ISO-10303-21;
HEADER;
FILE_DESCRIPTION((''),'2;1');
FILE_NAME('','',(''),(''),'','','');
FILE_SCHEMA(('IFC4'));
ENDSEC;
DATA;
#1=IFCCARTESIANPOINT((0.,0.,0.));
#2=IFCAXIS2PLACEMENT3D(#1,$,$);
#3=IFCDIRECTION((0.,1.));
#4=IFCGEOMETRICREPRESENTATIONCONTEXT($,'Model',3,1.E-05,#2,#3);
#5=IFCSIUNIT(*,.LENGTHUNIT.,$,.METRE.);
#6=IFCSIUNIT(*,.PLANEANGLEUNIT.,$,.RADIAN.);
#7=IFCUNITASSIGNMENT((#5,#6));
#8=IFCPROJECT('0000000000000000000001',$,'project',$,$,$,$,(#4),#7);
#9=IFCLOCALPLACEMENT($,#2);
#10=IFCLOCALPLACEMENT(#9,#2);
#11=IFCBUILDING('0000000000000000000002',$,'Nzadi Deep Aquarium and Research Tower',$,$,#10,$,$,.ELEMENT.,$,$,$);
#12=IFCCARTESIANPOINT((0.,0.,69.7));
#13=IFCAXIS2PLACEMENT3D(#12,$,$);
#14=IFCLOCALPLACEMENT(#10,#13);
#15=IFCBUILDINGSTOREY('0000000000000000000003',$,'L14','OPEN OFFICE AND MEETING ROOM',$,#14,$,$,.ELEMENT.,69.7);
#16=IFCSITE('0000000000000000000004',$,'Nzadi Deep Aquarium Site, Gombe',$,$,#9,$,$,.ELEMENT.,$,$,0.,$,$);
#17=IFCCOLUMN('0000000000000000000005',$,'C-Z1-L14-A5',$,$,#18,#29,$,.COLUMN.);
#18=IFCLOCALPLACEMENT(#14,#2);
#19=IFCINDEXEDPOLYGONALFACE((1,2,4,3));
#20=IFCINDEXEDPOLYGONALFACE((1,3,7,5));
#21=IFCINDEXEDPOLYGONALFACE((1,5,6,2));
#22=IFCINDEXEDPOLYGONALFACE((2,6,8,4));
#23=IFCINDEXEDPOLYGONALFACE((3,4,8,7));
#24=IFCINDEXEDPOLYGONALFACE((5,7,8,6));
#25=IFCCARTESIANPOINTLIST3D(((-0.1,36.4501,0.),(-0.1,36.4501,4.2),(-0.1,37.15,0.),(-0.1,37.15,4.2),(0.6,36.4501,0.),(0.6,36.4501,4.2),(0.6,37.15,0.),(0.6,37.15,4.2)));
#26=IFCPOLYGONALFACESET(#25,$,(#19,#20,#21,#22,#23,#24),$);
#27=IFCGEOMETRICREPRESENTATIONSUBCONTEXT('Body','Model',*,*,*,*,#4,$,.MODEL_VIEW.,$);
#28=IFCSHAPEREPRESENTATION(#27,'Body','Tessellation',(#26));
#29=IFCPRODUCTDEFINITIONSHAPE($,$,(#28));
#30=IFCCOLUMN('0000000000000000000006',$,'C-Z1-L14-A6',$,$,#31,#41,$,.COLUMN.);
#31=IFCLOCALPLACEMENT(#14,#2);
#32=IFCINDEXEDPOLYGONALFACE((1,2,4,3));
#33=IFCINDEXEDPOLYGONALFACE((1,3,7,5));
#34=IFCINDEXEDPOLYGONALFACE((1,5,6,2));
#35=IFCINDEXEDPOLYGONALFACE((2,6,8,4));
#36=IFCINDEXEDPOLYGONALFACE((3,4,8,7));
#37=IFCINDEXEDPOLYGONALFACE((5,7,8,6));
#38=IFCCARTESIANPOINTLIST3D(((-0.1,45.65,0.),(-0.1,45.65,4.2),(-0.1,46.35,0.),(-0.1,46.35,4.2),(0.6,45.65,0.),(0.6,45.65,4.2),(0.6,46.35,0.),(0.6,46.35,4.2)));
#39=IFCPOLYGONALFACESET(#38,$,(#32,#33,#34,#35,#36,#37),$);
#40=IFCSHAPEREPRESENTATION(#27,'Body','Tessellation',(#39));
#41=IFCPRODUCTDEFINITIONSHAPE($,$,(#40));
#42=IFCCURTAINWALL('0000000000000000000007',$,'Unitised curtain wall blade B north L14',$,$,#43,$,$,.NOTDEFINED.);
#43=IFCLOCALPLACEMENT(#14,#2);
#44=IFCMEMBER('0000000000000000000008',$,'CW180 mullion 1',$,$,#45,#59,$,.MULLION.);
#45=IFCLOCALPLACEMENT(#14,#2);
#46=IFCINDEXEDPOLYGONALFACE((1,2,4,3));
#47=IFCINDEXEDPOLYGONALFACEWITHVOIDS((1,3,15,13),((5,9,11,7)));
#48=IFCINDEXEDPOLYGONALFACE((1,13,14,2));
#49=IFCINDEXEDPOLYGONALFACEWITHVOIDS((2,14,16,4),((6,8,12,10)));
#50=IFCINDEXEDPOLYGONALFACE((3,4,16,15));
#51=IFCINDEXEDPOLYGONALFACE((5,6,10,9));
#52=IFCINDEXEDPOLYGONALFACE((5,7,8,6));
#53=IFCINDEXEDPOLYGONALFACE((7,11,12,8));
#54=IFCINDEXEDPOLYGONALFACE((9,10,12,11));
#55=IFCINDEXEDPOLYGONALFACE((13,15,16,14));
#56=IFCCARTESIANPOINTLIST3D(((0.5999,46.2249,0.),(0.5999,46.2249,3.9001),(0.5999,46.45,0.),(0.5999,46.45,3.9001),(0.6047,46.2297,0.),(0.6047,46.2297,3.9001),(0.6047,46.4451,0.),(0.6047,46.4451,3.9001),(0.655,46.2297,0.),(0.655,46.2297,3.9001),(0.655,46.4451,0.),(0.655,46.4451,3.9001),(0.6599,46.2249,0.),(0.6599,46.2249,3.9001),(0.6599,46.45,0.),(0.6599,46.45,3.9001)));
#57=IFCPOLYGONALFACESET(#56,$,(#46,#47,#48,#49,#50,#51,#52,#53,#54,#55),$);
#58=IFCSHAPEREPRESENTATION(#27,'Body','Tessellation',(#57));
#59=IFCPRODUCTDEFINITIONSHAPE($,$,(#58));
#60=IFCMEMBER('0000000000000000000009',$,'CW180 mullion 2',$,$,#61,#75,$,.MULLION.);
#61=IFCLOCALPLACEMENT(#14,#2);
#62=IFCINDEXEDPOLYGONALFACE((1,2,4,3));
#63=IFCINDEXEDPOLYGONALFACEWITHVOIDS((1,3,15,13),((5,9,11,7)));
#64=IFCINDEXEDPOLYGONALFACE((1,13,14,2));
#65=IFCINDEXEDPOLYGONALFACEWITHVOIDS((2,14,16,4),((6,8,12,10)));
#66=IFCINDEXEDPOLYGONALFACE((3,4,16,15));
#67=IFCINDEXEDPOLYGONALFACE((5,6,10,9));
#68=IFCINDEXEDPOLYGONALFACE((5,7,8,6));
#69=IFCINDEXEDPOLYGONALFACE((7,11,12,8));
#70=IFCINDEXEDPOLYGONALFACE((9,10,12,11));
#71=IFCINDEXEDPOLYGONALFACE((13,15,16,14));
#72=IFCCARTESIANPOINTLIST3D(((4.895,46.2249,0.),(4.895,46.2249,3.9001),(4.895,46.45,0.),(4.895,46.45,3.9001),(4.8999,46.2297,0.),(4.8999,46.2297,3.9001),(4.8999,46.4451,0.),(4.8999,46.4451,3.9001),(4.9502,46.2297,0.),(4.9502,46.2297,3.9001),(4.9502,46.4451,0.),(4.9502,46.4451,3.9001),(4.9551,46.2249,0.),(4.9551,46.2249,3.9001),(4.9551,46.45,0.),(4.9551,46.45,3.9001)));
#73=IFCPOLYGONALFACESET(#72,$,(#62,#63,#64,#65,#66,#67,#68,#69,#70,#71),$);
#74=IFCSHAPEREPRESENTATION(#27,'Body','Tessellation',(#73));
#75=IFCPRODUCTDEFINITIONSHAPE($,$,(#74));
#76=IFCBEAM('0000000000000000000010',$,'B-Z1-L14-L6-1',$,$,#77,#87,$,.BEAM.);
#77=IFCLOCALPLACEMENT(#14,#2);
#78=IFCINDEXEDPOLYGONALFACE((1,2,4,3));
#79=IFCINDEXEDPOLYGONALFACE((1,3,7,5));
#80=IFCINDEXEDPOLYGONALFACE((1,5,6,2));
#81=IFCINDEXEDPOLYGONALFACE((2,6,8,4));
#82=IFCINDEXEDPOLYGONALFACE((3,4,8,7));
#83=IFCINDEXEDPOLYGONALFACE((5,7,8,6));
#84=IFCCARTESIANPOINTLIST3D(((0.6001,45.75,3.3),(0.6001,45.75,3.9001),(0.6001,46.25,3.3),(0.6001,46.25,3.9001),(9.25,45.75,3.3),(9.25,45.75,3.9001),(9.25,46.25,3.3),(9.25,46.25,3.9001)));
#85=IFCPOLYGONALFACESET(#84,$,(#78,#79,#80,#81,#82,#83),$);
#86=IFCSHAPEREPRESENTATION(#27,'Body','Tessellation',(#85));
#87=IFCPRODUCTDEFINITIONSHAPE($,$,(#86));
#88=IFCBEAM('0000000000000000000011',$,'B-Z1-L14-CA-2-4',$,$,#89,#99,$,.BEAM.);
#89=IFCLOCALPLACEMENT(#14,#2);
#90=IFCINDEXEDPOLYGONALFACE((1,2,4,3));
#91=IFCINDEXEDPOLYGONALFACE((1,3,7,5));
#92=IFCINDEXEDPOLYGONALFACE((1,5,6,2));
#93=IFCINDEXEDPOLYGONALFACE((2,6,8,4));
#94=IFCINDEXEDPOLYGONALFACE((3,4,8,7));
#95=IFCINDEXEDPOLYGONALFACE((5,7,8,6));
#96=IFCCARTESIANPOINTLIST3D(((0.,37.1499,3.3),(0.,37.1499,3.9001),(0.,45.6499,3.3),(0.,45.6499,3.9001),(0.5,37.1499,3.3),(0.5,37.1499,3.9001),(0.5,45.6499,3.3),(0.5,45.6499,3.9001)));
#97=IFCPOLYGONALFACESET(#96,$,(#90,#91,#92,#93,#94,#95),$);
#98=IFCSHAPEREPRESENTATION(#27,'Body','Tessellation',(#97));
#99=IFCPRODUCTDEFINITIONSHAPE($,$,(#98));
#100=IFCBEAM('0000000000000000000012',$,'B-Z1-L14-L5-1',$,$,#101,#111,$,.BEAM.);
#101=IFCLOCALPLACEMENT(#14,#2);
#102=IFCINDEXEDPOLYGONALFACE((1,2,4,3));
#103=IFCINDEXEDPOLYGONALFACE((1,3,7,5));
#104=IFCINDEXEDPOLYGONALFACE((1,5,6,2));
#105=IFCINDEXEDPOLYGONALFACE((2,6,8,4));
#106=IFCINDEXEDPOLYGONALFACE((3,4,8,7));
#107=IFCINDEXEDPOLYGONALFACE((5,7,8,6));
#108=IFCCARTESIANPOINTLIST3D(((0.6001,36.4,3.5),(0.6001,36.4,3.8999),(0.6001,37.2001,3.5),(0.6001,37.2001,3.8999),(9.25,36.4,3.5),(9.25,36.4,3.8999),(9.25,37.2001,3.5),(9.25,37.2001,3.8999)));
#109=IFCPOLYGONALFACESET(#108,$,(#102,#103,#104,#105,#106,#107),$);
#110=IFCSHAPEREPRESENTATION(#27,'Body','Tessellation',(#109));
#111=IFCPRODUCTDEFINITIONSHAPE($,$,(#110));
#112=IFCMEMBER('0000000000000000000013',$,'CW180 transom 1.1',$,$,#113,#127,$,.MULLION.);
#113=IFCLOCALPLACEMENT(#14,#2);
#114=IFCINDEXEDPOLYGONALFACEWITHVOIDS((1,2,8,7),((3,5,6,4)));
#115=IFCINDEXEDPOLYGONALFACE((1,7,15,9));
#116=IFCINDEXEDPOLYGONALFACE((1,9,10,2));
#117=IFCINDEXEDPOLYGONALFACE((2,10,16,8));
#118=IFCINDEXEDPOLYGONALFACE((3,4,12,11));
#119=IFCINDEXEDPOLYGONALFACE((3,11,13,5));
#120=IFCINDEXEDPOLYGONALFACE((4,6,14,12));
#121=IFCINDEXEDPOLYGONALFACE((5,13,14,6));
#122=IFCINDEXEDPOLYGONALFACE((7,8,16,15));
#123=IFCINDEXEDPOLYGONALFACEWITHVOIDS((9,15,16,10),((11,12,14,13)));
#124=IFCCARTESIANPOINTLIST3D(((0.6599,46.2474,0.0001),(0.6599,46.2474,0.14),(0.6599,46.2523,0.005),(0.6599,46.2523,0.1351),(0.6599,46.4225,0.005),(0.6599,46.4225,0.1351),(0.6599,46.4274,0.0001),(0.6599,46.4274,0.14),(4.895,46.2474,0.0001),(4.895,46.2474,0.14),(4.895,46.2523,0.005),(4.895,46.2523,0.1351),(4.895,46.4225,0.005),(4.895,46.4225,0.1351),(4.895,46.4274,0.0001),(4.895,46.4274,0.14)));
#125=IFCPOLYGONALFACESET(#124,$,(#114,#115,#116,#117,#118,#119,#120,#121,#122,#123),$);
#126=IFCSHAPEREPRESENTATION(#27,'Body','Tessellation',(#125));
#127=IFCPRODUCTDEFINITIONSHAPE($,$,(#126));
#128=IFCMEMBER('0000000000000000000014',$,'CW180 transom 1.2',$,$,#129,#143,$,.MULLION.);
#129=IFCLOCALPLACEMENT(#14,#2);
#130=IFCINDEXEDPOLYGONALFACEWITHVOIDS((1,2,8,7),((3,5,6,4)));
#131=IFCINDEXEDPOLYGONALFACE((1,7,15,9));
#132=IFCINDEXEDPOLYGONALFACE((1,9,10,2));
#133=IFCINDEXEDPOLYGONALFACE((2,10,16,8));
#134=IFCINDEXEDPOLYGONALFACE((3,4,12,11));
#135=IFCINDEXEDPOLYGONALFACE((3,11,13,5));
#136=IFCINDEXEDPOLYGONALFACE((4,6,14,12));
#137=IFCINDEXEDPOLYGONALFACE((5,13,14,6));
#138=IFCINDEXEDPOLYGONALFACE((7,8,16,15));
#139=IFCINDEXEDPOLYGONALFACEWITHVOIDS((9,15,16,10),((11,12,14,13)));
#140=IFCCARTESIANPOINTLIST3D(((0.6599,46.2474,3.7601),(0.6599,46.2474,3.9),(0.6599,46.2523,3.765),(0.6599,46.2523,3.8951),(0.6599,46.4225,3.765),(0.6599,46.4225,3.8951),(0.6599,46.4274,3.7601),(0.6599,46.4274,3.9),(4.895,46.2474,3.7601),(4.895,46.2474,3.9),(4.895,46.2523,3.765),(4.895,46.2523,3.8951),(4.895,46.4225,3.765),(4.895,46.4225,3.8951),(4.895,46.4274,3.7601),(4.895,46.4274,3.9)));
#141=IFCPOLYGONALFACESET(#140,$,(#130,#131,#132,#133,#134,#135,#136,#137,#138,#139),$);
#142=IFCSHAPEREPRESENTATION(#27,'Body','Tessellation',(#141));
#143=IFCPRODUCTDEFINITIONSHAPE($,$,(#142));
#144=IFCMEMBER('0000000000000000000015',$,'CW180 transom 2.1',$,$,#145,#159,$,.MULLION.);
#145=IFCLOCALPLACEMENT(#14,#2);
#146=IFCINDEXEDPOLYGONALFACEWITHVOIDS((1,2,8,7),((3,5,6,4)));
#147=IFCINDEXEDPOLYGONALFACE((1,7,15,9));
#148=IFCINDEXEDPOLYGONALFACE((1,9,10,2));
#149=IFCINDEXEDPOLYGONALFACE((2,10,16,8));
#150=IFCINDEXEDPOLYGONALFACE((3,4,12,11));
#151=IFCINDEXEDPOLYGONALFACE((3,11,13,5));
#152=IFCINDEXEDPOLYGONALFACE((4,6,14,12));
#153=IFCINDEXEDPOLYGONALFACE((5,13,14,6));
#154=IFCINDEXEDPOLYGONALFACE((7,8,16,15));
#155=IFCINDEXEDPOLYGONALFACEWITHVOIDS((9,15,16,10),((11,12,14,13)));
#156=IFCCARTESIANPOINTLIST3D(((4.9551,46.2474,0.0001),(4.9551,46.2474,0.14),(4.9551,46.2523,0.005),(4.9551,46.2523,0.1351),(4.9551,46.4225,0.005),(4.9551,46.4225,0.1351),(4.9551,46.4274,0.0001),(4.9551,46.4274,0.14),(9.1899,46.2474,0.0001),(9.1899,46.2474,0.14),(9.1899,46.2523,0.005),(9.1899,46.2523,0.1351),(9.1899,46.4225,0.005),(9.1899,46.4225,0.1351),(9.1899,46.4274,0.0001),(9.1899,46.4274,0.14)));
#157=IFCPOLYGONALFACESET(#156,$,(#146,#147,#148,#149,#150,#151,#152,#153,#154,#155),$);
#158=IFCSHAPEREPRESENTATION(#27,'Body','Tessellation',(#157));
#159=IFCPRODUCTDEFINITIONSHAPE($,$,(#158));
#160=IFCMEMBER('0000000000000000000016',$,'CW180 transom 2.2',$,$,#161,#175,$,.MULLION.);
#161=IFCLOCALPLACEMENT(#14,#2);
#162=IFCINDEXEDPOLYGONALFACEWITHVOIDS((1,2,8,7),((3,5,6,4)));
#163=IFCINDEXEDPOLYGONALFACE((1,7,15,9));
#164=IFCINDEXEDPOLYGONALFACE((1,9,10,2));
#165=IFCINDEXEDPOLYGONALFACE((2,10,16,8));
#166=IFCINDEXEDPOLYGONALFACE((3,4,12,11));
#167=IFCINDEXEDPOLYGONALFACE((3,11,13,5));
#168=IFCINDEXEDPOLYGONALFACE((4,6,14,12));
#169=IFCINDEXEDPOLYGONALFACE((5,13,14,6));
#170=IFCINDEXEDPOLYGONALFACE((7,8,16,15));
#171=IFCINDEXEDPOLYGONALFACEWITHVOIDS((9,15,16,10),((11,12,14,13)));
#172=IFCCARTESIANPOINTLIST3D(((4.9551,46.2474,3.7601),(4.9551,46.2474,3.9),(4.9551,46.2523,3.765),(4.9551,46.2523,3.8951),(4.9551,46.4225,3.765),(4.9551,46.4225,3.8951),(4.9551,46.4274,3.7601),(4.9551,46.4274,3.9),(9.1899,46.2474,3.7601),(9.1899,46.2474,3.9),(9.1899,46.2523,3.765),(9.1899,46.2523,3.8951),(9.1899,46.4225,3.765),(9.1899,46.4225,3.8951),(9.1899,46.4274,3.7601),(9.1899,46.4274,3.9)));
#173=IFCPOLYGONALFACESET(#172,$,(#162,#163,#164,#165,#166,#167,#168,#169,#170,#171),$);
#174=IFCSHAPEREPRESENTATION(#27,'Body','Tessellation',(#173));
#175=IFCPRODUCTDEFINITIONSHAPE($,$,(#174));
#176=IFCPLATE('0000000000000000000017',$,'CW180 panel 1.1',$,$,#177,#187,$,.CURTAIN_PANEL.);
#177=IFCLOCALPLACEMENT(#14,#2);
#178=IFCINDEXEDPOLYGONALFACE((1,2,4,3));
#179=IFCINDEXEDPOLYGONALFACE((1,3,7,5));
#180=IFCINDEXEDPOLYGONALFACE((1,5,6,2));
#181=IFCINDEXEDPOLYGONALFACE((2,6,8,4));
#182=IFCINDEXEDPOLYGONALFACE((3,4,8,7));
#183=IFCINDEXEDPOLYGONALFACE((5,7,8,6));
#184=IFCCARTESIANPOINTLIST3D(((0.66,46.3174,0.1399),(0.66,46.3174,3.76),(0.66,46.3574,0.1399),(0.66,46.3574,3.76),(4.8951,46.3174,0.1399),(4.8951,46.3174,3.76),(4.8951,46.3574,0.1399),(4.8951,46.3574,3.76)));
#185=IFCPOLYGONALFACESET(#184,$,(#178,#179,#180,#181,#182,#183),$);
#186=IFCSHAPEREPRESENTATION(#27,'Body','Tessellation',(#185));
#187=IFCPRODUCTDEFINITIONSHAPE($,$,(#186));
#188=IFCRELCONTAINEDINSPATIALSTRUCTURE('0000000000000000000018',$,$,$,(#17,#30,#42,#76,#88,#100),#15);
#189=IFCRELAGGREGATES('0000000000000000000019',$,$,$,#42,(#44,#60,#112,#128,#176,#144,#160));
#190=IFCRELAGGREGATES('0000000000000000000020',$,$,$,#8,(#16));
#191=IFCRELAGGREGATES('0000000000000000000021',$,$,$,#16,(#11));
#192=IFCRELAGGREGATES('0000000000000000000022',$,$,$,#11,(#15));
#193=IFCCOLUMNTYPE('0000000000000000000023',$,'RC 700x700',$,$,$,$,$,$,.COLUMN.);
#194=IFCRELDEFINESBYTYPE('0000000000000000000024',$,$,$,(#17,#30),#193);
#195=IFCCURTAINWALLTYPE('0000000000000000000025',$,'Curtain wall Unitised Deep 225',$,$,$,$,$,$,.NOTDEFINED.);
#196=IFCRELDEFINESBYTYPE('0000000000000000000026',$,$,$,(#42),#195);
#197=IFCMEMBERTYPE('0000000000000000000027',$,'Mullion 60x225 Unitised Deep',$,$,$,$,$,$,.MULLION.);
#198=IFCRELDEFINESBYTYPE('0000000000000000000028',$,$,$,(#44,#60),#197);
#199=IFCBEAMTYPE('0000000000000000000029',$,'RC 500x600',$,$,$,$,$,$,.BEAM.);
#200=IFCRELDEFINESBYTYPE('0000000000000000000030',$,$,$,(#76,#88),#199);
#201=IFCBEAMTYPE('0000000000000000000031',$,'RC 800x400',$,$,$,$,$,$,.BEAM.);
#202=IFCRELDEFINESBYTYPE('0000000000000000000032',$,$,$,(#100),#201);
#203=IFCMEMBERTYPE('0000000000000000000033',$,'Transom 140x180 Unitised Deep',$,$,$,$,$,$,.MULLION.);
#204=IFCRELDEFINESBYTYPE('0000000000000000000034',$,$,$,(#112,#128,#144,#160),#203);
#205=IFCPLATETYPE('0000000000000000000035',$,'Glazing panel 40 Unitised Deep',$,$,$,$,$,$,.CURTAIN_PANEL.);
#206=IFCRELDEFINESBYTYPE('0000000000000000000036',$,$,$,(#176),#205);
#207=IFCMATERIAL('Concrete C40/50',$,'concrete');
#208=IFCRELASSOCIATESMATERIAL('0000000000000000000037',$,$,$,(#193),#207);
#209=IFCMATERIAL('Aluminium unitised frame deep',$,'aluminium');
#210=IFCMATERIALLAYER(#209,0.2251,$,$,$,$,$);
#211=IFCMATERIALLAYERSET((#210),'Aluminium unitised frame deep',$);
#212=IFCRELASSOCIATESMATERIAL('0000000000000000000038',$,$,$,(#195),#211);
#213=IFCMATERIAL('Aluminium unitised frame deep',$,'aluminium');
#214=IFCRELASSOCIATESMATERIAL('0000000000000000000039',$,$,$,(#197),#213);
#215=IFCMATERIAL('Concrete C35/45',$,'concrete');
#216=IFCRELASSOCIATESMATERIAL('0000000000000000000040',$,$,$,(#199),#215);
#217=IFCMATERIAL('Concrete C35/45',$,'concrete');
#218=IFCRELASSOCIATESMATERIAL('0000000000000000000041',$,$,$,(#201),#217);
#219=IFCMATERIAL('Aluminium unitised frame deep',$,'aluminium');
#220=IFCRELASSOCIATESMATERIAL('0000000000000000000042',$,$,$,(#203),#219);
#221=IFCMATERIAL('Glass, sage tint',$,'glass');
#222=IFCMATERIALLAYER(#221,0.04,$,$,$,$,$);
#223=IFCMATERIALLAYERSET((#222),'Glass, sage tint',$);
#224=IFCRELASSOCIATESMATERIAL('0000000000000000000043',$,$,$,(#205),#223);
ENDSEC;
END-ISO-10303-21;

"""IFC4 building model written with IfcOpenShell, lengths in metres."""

from ifc_helpers import new_model, si_unit, direction, frame, origin, origin_2d, place, context, subcontext, project, spatial, rectangle, hollow_rectangle, extrude, material, layer, layer_set, material_profile, profile_set, type_object, element, aggregate, save


model = new_model("IFC4")

# Units and contexts
model_context = context("Model", 3, precision=1e-05, world=origin(), true_north=direction((0.0, 1.0)))
body_context = subcontext(model_context, "Body", "Model", "MODEL_VIEW")
ifc_project = project(units=[si_unit("LENGTHUNIT", "METRE"), si_unit("PLANEANGLEUNIT", "RADIAN")], contexts=[model_context])

# Site, building, storey
site_placement = place(None, origin())
site = spatial("IfcSite", under=ifc_project, at=site_placement, Name="Nzadi Deep Aquarium Site, Gombe", CompositionType="ELEMENT", RefElevation=0.0)
building_placement = place(site_placement, origin())
building = spatial("IfcBuilding", under=site, at=building_placement, Name="Nzadi Deep Aquarium and Research Tower", CompositionType="ELEMENT")
storey_placement = place(building_placement, frame((0.0, 0.0, 69.7)))
storey = spatial("IfcBuildingStorey", under=building, at=storey_placement, Name="L14", Description="OPEN OFFICE AND MEETING ROOM", CompositionType="ELEMENT", Elevation=69.7)

# Columns
ifc_material_1 = material(Name="Concrete C40/50", Category="concrete")
ifc_material_profile_1 = material_profile(ifc_material_1, rectangle(XDim=0.7, YDim=0.7, at=origin_2d()))
ifc_profile_set_1 = profile_set([ifc_material_profile_1], Name="Concrete C40/50")
column_type = type_object("IfcColumnType", Name="RC 700x700", PredefinedType="COLUMN", material=ifc_profile_set_1)
for number, where, z_axis, x_axis, name in (
    (1, (0.25, 36.8, 0.0), (0.0, 0.0, 1.0), (1.0, 0.0, 0.0), "C-Z1-L14-A5"),
    (2, (0.25, 46.0, 0.0), (0.0, 0.0, 1.0), (1.0, 0.0, 0.0), "C-Z1-L14-A6"),
):
    element("IfcColumn", number, at=place(storey_placement, frame(where, z_axis=z_axis, x_axis=x_axis)), inside=storey, type_object=column_type, Name=name, PredefinedType="COLUMN", context=body_context, shape_type="SweptSolid", body=[
        extrude(rectangle(XDim=0.7, YDim=0.7, at=origin_2d()), origin(), (0.0, 0.0, 1.0), 4.2),
    ])

# Curtain wall, members
ifc_material_2 = material(Name="Aluminium unitised frame deep", Category="aluminium")
ifc_layer_1 = layer(ifc_material_2, 0.2251)
ifc_layer_set_1 = layer_set([ifc_layer_1], Name="Aluminium unitised frame deep")
curtain_wall_type = type_object("IfcCurtainWallType", Name="Curtain wall Unitised Deep 225", PredefinedType="NOTDEFINED", material=ifc_layer_set_1)
curtain_wall_placement = place(storey_placement, origin())
curtain_wall = element("IfcCurtainWall", 3, at=curtain_wall_placement, inside=storey, type_object=curtain_wall_type, Name="Unitised curtain wall blade B north L14", PredefinedType="NOTDEFINED")
ifc_material_3 = material(Name="Aluminium unitised frame deep", Category="aluminium")
ifc_material_profile_2 = material_profile(ifc_material_3, hollow_rectangle(XDim=0.2251, YDim=0.0601, WallThickness=0.0049, at=origin_2d()))
ifc_profile_set_2 = profile_set([ifc_material_profile_2], Name="Aluminium unitised frame deep")
member_type_1 = type_object("IfcMemberType", Name="Mullion 60x225 Unitised Deep", PredefinedType="MULLION", material=ifc_profile_set_2)
member_1_placement = place(storey_placement, frame((0.6299, 46.3374, 0.0), z_axis=(0.0, 0.0, 1.0), x_axis=(0.0, 1.0, 0.0)))
member_1 = element("IfcMember", 4, at=member_1_placement, type_object=member_type_1, Name="CW180 mullion 1", PredefinedType="MULLION", context=body_context, shape_type="SweptSolid", body=[
    extrude(hollow_rectangle(XDim=0.2251, YDim=0.0601, WallThickness=0.0049, at=origin_2d()), origin(), (0.0, 0.0, 1.0), 3.9001),
])
member_2_placement = place(storey_placement, frame((4.925, 46.3374, 0.0), z_axis=(0.0, 0.0, 1.0), x_axis=(0.0, 1.0, 0.0)))
member_2 = element("IfcMember", 5, at=member_2_placement, type_object=member_type_1, Name="CW180 mullion 2", PredefinedType="MULLION", context=body_context, shape_type="SweptSolid", body=[
    extrude(hollow_rectangle(XDim=0.2251, YDim=0.0601, WallThickness=0.0049, at=origin_2d()), origin(), (0.0, 0.0, 1.0), 3.9001),
])

# Beams
ifc_material_4 = material(Name="Concrete C35/45", Category="concrete")
ifc_material_profile_3 = material_profile(ifc_material_4, rectangle(XDim=0.5, YDim=0.6001, at=origin_2d()))
ifc_profile_set_3 = profile_set([ifc_material_profile_3], Name="Concrete C35/45")
beam_type_1 = type_object("IfcBeamType", Name="RC 500x600", PredefinedType="BEAM", material=ifc_profile_set_3)
beam_1_placement = place(storey_placement, frame((0.6001, 46.0, 3.6001), z_axis=(1.0, 0.0, 0.0), x_axis=(0.0, 1.0, 0.0)))
element("IfcBeam", 6, at=beam_1_placement, inside=storey, type_object=beam_type_1, Name="B-Z1-L14-L6-1", PredefinedType="BEAM", context=body_context, shape_type="SweptSolid", body=[
    extrude(rectangle(XDim=0.5, YDim=0.6001, at=origin_2d()), origin(), (0.0, 0.0, 1.0), 8.6499),
])
beam_2_placement = place(storey_placement, frame((0.25, 37.1499, 3.6001), z_axis=(0.0, 1.0, 0.0), x_axis=(-1.0, 0.0, 0.0)))
element("IfcBeam", 7, at=beam_2_placement, inside=storey, type_object=beam_type_1, Name="B-Z1-L14-CA-2-4", PredefinedType="BEAM", context=body_context, shape_type="SweptSolid", body=[
    extrude(rectangle(XDim=0.5, YDim=0.6001, at=origin_2d()), origin(), (0.0, 0.0, 1.0), 8.5),
])
ifc_material_5 = material(Name="Concrete C35/45", Category="concrete")
ifc_material_profile_4 = material_profile(ifc_material_5, rectangle(XDim=0.8, YDim=0.3999, at=origin_2d()))
ifc_profile_set_4 = profile_set([ifc_material_profile_4], Name="Concrete C35/45")
beam_type_2 = type_object("IfcBeamType", Name="RC 800x400", PredefinedType="BEAM", material=ifc_profile_set_4)
beam_3_placement = place(storey_placement, frame((0.6001, 36.8, 3.7), z_axis=(1.0, 0.0, 0.0), x_axis=(0.0, 1.0, 0.0)))
element("IfcBeam", 8, at=beam_3_placement, inside=storey, type_object=beam_type_2, Name="B-Z1-L14-L5-1", PredefinedType="BEAM", context=body_context, shape_type="SweptSolid", body=[
    extrude(rectangle(XDim=0.8, YDim=0.3999, at=origin_2d()), origin(), (0.0, 0.0, 1.0), 8.6499),
])

# Members
ifc_material_6 = material(Name="Aluminium unitised frame deep", Category="aluminium")
ifc_material_profile_5 = material_profile(ifc_material_6, hollow_rectangle(XDim=0.1799, YDim=0.1399, WallThickness=0.0049, at=origin_2d()))
ifc_profile_set_5 = profile_set([ifc_material_profile_5], Name="Aluminium unitised frame deep")
member_type_2 = type_object("IfcMemberType", Name="Transom 140x180 Unitised Deep", PredefinedType="MULLION", material=ifc_profile_set_5)
member_3_placement = place(storey_placement, frame((0.6599, 46.3374, 0.0701), z_axis=(1.0, 0.0, 0.0), x_axis=(0.0, 1.0, 0.0)))
member_3 = element("IfcMember", 9, at=member_3_placement, type_object=member_type_2, Name="CW180 transom 1.1", PredefinedType="MULLION", context=body_context, shape_type="SweptSolid", body=[
    extrude(hollow_rectangle(XDim=0.1799, YDim=0.1399, WallThickness=0.0049, at=origin_2d()), origin(), (0.0, 0.0, 1.0), 4.2351),
])
member_4_placement = place(storey_placement, frame((0.6599, 46.3374, 3.8301), z_axis=(1.0, 0.0, 0.0), x_axis=(0.0, 1.0, 0.0)))
member_4 = element("IfcMember", 10, at=member_4_placement, type_object=member_type_2, Name="CW180 transom 1.2", PredefinedType="MULLION", context=body_context, shape_type="SweptSolid", body=[
    extrude(hollow_rectangle(XDim=0.1799, YDim=0.1399, WallThickness=0.0049, at=origin_2d()), origin(), (0.0, 0.0, 1.0), 4.2351),
])
member_5_placement = place(storey_placement, frame((4.9551, 46.3374, 0.0701), z_axis=(1.0, 0.0, 0.0), x_axis=(0.0, 1.0, 0.0)))
member_5 = element("IfcMember", 11, at=member_5_placement, type_object=member_type_2, Name="CW180 transom 2.1", PredefinedType="MULLION", context=body_context, shape_type="SweptSolid", body=[
    extrude(hollow_rectangle(XDim=0.1799, YDim=0.1399, WallThickness=0.0049, at=origin_2d()), origin(), (0.0, 0.0, 1.0), 4.2349),
])
member_6_placement = place(storey_placement, frame((4.9551, 46.3374, 3.8301), z_axis=(1.0, 0.0, 0.0), x_axis=(0.0, 1.0, 0.0)))
member_6 = element("IfcMember", 12, at=member_6_placement, type_object=member_type_2, Name="CW180 transom 2.2", PredefinedType="MULLION", context=body_context, shape_type="SweptSolid", body=[
    extrude(hollow_rectangle(XDim=0.1799, YDim=0.1399, WallThickness=0.0049, at=origin_2d()), origin(), (0.0, 0.0, 1.0), 4.2349),
])

# Plate
ifc_material_7 = material(Name="Glass, sage tint", Category="glass")
ifc_layer_2 = layer(ifc_material_7, 0.04)
ifc_layer_set_2 = layer_set([ifc_layer_2], Name="Glass, sage tint")
plate_type = type_object("IfcPlateType", Name="Glazing panel 40 Unitised Deep", PredefinedType="CURTAIN_PANEL", material=ifc_layer_set_2)
plate_1_placement = place(storey_placement, frame((2.7776, 46.3374, 0.1399), z_axis=(0.0, 0.0, 1.0), x_axis=(1.0, 0.0, 0.0)))
plate_1 = element("IfcPlate", 13, at=plate_1_placement, type_object=plate_type, Name="CW180 panel 1.1", PredefinedType="CURTAIN_PANEL", context=body_context, shape_type="SweptSolid", body=[
    extrude(rectangle(XDim=4.2351, YDim=0.04, at=origin_2d()), origin(), (0.0, 0.0, 1.0), 3.6201),
])
aggregate(curtain_wall, [member_1, member_2, member_3, member_4, plate_1, member_5, member_6])

save(model, "model.ifc")
